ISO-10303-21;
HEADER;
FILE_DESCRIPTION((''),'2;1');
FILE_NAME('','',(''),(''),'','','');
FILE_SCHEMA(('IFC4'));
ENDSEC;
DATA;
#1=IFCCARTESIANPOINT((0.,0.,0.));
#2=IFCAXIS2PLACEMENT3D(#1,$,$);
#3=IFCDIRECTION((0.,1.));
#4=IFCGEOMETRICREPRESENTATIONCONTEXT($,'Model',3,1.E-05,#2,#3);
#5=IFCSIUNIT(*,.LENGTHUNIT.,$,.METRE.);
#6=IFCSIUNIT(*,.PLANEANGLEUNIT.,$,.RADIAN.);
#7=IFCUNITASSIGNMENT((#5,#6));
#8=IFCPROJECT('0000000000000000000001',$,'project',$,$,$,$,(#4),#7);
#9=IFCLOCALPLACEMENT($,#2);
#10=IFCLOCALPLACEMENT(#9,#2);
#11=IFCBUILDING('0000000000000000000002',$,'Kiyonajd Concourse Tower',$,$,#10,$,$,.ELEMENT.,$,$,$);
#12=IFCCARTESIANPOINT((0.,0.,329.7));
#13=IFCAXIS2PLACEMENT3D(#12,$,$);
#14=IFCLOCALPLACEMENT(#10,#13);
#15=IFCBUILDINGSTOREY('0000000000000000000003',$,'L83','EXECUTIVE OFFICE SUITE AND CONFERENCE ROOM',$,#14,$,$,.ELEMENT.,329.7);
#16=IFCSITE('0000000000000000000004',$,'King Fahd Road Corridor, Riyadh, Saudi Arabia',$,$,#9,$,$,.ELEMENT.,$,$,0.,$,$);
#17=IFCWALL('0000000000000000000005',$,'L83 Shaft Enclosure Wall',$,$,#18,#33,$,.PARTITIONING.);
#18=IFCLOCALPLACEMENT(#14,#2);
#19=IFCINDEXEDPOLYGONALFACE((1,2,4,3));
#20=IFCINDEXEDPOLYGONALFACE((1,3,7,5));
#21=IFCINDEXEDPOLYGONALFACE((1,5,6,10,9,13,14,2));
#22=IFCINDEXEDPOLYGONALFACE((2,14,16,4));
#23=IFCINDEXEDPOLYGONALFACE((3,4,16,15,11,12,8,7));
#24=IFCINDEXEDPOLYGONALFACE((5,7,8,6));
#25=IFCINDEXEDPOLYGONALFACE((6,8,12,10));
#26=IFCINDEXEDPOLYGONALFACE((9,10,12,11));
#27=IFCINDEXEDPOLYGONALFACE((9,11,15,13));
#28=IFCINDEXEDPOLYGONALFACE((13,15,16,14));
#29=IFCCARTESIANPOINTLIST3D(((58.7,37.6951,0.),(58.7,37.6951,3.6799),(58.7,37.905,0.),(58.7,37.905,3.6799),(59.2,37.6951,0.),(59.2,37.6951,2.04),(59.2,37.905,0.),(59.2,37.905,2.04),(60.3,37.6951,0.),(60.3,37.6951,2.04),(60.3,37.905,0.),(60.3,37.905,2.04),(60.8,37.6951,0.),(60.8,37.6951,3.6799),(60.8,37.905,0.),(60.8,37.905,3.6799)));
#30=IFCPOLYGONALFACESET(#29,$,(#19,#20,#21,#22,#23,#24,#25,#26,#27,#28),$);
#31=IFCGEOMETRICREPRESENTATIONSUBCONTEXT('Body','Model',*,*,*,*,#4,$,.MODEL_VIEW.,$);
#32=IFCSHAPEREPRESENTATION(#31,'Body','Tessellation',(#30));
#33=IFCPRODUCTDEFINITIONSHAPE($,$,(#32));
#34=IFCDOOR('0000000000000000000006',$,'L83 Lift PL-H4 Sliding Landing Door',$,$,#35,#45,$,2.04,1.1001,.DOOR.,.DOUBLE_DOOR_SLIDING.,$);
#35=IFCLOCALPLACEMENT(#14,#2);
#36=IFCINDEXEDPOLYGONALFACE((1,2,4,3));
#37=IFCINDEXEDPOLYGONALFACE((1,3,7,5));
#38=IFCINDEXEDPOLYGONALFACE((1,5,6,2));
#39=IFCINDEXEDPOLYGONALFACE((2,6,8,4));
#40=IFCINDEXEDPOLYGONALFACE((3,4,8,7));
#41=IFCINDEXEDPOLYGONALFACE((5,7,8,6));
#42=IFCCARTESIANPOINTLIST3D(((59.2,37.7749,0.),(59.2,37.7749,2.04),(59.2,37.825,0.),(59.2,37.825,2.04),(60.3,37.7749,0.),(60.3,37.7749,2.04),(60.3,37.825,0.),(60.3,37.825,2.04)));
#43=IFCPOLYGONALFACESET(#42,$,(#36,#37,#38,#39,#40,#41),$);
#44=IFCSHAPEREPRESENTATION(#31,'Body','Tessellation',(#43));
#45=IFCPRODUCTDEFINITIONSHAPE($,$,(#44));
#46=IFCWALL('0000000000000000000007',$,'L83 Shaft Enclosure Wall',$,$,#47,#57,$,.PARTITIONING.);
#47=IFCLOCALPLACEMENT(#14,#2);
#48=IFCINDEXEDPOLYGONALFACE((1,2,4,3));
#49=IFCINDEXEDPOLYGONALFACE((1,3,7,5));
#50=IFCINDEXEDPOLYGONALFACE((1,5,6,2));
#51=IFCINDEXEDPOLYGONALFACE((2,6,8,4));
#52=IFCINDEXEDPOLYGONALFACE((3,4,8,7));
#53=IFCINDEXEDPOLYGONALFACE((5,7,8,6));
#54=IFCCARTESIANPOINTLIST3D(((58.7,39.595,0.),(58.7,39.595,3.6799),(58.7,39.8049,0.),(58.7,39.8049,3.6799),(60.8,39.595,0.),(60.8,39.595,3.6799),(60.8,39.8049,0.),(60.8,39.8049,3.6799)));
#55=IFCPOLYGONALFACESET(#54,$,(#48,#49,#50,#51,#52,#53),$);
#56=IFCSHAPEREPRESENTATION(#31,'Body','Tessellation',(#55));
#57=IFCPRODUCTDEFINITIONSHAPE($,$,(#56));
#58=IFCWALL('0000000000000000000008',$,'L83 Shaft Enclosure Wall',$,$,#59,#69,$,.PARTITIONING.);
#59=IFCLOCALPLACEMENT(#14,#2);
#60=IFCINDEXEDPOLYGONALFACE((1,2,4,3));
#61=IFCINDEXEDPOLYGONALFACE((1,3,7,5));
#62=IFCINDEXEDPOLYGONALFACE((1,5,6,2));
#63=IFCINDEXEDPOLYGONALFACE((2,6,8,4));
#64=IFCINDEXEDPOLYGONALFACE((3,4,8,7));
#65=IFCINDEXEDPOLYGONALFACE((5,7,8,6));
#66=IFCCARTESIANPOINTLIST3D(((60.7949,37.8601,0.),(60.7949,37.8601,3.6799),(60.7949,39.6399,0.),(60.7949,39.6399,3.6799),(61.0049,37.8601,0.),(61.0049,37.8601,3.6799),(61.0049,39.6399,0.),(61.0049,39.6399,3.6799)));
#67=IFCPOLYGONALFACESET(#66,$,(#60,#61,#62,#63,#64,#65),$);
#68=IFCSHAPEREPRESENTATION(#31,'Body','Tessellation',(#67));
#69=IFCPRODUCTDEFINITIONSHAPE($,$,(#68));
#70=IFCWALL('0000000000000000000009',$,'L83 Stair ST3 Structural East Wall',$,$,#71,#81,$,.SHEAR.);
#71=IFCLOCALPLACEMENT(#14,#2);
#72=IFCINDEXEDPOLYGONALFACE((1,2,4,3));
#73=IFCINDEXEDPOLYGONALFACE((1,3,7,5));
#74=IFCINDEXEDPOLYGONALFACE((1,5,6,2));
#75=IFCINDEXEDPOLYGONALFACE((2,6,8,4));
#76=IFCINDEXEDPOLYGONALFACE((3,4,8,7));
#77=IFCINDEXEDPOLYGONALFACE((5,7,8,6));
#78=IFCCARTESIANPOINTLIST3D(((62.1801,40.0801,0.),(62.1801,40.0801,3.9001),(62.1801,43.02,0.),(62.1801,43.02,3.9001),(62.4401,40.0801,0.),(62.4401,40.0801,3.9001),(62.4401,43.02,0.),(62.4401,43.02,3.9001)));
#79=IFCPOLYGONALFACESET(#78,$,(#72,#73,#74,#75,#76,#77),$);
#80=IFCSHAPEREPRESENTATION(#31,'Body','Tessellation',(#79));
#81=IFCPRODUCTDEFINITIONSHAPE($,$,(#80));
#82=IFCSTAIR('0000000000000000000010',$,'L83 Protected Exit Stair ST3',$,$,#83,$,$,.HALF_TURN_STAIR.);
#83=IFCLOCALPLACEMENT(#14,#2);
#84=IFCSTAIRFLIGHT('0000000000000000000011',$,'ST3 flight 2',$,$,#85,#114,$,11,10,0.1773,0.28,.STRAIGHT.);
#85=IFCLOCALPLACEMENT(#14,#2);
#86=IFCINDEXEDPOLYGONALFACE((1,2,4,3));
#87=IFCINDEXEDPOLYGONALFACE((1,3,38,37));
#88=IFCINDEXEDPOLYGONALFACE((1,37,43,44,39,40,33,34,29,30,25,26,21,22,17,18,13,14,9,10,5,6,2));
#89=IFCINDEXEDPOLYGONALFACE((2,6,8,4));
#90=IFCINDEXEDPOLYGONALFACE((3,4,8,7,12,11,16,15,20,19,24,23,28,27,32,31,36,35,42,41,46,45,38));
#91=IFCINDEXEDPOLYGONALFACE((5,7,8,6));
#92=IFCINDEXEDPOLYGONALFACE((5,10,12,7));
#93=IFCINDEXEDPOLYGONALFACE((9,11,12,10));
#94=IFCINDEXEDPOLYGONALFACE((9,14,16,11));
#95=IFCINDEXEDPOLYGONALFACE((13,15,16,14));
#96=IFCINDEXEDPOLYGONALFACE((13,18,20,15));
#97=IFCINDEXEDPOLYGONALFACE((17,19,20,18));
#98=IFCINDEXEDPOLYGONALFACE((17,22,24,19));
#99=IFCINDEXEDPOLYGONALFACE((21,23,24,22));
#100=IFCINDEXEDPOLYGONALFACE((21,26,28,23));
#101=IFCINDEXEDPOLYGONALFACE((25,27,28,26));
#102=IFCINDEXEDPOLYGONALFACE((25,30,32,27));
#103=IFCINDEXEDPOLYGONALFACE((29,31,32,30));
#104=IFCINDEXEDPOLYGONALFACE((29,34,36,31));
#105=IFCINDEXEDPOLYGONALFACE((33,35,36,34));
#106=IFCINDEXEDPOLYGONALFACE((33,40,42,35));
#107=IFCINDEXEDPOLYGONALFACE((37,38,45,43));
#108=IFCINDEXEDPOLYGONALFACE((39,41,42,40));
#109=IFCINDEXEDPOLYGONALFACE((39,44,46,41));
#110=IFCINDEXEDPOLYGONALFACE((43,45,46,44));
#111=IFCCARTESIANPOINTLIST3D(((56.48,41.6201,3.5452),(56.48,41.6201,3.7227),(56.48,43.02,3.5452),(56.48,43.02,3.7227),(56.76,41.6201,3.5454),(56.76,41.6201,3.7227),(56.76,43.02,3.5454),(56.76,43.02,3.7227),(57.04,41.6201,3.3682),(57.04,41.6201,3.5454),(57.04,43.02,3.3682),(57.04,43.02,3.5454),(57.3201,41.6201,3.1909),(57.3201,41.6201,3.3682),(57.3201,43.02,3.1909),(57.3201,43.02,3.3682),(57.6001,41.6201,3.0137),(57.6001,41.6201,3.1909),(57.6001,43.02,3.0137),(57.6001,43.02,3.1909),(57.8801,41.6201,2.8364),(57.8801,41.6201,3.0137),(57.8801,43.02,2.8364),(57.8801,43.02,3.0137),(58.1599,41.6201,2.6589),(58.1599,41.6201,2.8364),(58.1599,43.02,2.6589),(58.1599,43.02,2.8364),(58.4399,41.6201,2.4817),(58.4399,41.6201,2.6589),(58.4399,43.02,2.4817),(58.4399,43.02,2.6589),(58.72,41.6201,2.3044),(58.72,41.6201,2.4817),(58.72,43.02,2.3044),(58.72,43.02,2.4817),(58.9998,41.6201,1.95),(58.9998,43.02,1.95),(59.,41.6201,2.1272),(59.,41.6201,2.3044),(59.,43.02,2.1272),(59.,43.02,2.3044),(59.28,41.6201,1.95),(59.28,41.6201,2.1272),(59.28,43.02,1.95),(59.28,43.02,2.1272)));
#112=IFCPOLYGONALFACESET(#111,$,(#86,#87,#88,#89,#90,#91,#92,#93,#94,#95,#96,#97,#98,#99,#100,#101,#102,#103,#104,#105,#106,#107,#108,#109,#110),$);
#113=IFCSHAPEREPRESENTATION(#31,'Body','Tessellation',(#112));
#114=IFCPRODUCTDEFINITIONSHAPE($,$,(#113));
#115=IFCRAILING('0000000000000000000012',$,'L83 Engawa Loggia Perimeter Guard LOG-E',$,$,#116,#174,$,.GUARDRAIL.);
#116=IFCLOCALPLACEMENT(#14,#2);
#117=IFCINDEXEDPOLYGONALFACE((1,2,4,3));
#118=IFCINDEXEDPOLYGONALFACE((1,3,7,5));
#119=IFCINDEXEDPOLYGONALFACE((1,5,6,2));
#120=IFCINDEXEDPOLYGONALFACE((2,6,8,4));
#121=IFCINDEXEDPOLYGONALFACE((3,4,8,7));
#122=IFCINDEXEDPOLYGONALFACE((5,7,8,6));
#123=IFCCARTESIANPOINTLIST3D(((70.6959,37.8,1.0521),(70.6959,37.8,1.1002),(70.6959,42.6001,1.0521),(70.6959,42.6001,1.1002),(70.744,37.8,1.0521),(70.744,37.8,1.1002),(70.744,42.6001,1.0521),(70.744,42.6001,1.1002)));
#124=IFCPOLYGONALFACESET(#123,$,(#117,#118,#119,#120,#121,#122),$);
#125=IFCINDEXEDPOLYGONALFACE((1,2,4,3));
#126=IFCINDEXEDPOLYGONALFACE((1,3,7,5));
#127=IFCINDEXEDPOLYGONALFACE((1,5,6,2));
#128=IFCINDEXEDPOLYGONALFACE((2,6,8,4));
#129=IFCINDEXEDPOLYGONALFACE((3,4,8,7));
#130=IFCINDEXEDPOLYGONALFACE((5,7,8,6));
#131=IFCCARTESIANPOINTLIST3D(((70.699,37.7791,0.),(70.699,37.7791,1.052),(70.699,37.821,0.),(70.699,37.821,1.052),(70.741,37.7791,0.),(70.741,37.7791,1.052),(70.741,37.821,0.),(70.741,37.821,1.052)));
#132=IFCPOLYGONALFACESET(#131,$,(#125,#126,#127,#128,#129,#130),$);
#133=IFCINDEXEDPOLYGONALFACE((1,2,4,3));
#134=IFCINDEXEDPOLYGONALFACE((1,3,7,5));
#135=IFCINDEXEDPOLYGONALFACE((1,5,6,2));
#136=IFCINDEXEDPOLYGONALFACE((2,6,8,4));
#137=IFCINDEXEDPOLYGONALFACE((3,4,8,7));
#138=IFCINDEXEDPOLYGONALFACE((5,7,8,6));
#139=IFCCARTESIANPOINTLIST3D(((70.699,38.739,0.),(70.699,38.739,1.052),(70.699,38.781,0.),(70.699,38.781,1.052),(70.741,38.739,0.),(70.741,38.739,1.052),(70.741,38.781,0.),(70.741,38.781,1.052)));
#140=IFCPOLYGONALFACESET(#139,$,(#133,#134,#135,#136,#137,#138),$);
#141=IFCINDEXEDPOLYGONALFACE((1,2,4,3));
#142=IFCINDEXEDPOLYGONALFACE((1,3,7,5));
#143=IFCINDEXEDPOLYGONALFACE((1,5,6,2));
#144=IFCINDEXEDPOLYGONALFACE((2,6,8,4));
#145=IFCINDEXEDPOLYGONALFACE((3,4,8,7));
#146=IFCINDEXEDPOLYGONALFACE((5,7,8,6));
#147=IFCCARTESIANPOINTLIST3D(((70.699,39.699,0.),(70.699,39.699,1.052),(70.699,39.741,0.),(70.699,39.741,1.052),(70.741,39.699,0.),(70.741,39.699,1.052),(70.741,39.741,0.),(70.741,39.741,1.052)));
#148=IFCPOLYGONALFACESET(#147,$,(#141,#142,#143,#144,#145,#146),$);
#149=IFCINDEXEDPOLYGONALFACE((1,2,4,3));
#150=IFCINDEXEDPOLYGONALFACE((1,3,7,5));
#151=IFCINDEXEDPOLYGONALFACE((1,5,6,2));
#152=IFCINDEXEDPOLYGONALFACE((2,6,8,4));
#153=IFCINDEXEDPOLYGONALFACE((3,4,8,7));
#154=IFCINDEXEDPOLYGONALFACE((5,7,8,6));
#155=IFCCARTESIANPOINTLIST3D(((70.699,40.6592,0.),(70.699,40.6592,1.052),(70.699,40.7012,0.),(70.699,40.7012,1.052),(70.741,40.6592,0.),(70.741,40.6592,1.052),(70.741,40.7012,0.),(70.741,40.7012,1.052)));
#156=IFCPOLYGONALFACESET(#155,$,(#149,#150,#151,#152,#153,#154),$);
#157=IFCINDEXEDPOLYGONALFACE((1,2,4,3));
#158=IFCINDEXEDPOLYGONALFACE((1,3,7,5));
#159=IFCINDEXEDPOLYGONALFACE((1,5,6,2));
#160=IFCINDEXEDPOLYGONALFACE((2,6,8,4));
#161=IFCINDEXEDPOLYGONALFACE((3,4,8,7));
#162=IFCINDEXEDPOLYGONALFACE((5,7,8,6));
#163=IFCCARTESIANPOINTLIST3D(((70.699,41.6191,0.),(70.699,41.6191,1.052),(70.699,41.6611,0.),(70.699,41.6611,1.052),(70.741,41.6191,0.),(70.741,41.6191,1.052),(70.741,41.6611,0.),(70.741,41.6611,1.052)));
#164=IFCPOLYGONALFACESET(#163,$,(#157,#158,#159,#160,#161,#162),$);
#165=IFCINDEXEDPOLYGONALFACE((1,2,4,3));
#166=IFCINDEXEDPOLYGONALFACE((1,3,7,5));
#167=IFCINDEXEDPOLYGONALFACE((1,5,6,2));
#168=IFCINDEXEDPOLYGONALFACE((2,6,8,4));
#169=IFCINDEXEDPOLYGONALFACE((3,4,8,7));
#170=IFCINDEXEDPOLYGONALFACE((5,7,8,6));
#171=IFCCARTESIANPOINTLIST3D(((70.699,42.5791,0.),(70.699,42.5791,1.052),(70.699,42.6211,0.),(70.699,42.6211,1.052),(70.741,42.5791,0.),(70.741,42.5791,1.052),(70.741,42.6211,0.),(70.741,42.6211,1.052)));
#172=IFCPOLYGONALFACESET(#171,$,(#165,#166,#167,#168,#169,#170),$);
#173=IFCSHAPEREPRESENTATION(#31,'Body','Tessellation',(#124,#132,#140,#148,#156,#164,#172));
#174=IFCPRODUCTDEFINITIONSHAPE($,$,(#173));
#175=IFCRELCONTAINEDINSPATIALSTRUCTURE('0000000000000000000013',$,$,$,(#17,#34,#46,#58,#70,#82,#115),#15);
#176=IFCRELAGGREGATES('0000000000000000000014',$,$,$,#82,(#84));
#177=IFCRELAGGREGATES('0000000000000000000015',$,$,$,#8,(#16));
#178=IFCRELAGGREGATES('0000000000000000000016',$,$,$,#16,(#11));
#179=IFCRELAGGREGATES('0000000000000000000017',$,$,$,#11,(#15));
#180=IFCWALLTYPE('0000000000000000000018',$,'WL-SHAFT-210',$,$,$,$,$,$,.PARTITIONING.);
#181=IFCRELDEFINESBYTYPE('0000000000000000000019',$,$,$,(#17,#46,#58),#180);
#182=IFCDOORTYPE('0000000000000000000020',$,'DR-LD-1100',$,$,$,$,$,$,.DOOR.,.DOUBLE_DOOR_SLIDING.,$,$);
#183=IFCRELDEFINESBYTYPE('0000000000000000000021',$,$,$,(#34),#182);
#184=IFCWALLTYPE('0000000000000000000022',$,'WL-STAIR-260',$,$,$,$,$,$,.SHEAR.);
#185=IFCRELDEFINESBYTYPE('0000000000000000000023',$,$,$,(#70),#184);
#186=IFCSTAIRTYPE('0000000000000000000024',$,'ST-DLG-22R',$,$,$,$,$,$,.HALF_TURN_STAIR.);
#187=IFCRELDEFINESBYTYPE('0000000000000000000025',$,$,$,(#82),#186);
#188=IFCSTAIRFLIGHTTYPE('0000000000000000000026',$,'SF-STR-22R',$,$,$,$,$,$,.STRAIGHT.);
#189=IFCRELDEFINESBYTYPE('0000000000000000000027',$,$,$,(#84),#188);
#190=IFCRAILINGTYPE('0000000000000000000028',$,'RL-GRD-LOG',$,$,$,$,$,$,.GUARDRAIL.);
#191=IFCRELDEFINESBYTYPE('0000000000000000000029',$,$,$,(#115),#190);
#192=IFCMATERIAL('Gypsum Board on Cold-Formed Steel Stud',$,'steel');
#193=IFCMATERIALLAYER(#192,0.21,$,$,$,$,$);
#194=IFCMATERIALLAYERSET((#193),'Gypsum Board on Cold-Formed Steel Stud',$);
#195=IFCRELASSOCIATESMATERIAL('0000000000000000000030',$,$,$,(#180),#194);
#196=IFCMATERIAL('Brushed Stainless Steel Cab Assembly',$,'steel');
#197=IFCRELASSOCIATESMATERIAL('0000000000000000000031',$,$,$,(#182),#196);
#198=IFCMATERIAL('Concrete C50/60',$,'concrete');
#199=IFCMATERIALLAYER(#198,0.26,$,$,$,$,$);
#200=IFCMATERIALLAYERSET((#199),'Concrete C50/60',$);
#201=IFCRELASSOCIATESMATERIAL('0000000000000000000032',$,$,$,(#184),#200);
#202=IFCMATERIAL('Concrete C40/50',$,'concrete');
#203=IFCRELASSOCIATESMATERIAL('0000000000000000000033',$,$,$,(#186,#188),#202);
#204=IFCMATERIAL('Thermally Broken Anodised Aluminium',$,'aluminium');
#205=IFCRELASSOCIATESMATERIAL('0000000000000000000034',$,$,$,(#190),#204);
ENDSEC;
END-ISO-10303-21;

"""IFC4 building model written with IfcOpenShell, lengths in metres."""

from ifc_helpers import new_model, si_unit, direction, frame, frame_2d, origin, origin_2d, place, context, subcontext, project, spatial, polyline, rectangle, outline, extrude, material, layer, layer_set, type_object, element, fill, aggregate, save


model = new_model("IFC4")

# Units and contexts
model_context = context("Model", 3, precision=1e-05, world=origin(), true_north=direction((0.0, 1.0)))
body_context = subcontext(model_context, "Body", "Model", "MODEL_VIEW")
ifc_project = project(units=[si_unit("LENGTHUNIT", "METRE"), si_unit("PLANEANGLEUNIT", "RADIAN")], contexts=[model_context])

# Site, building, storey
site_placement = place(None, origin())
site = spatial("IfcSite", under=ifc_project, at=site_placement, Name="King Fahd Road Corridor, Riyadh, Saudi Arabia", CompositionType="ELEMENT", RefElevation=0.0)
building_placement = place(site_placement, origin())
building = spatial("IfcBuilding", under=site, at=building_placement, Name="Kiyonajd Concourse Tower", CompositionType="ELEMENT")
storey_placement = place(building_placement, frame((0.0, 0.0, 329.7)))
storey = spatial("IfcBuildingStorey", under=building, at=storey_placement, Name="L83", Description="EXECUTIVE OFFICE SUITE AND CONFERENCE ROOM", CompositionType="ELEMENT", Elevation=329.7)

# Shared definitions
ifc_material_1 = material(Name="Thermally Broken Anodised Aluminium", Category="aluminium")

# Shared definitions
ifc_material_2 = material(Name="Gypsum Board on Cold-Formed Steel Stud", Category="steel")
ifc_layer_1 = layer(ifc_material_2, 0.21)
ifc_layer_set_1 = layer_set([ifc_layer_1], Name="Gypsum Board on Cold-Formed Steel Stud")
wall_type_1 = type_object("IfcWallType", Name="WL-SHAFT-210", PredefinedType="PARTITIONING", material=ifc_layer_set_1)

# Wall, opening, door
wall_1_placement = place(storey_placement, frame((58.7, 37.8, 0.0), z_axis=(0.0, 0.0, 1.0), x_axis=(1.0, 0.0, 0.0)))
wall_1 = element("IfcWall", 1, at=wall_1_placement, inside=storey, type_object=wall_type_1, Name="L83 Shaft Enclosure Wall", PredefinedType="PARTITIONING", context=body_context, shape_type="SweptSolid", body=[
    extrude(rectangle(XDim=2.1001, YDim=0.21, at=frame_2d((1.05, 0.0))), origin(), (0.0, 0.0, 1.0), 3.6799),
])
opening_1_placement = place(wall_1_placement, frame((0.5, 0.0, 0.0)))
opening_1 = element("IfcOpeningElement", 2, at=opening_1_placement, cuts=wall_1, PredefinedType="OPENING", context=body_context, shape_type="SweptSolid", body=[
    extrude(rectangle(XDim=1.1001, YDim=2.04, at=frame_2d((0.55, 1.02))), frame((0.0, 0.115, 0.0), z_axis=(0.0, -1.0, 0.0), x_axis=(1.0, 0.0, 0.0)), (0.0, 0.0, 1.0), 0.23),
])
ifc_material_3 = material(Name="Brushed Stainless Steel Cab Assembly", Category="steel")
door_type_1 = type_object("IfcDoorType", Name="DR-LD-1100", OperationType="DOUBLE_DOOR_SLIDING", PredefinedType="DOOR", material=ifc_material_3)
door_1_placement = place(opening_1_placement, origin())
door_1 = element("IfcDoor", 3, at=door_1_placement, inside=storey, type_object=door_type_1, Name="L83 Lift PL-H4 Sliding Landing Door", OperationType="DOUBLE_DOOR_SLIDING", OverallHeight=2.04, OverallWidth=1.1001, PredefinedType="DOOR", context=body_context, shape_type="SweptSolid", body=[
    extrude(rectangle(XDim=1.1001, YDim=2.04, at=frame_2d((0.55, 1.02))), frame((0.0, 0.0249, 0.0), z_axis=(0.0, -1.0, 0.0), x_axis=(1.0, 0.0, 0.0)), (0.0, 0.0, 1.0), 0.05),
])
fill(opening_1, door_1)

# Walls
wall_2_placement = place(storey_placement, frame((58.7, 39.7, 0.0), z_axis=(0.0, 0.0, 1.0), x_axis=(1.0, 0.0, 0.0)))
element("IfcWall", 4, at=wall_2_placement, inside=storey, type_object=wall_type_1, Name="L83 Shaft Enclosure Wall", PredefinedType="PARTITIONING", context=body_context, shape_type="SweptSolid", body=[
    extrude(rectangle(XDim=2.1001, YDim=0.21, at=frame_2d((1.05, 0.0))), origin(), (0.0, 0.0, 1.0), 3.6799),
])
wall_3_placement = place(storey_placement, frame((60.8999, 37.8601, 0.0), z_axis=(0.0, 0.0, 1.0), x_axis=(0.0, 1.0, 0.0)))
element("IfcWall", 5, at=wall_3_placement, inside=storey, type_object=wall_type_1, Name="L83 Shaft Enclosure Wall", PredefinedType="PARTITIONING", context=body_context, shape_type="SweptSolid", body=[
    extrude(rectangle(XDim=1.7798, YDim=0.21, at=frame_2d((0.8899, 0.0))), origin(), (0.0, 0.0, 1.0), 3.6799),
])
ifc_material_4 = material(Name="Concrete C50/60", Category="concrete")
ifc_layer_2 = layer(ifc_material_4, 0.26)
ifc_layer_set_2 = layer_set([ifc_layer_2], Name="Concrete C50/60")
wall_type_2 = type_object("IfcWallType", Name="WL-STAIR-260", PredefinedType="SHEAR", material=ifc_layer_set_2)
wall_4_placement = place(storey_placement, frame((62.3101, 40.0801, 0.0), z_axis=(0.0, 0.0, 1.0), x_axis=(0.0, 1.0, 0.0)))
element("IfcWall", 6, at=wall_4_placement, inside=storey, type_object=wall_type_2, Name="L83 Stair ST3 Structural East Wall", PredefinedType="SHEAR", context=body_context, shape_type="SweptSolid", body=[
    extrude(rectangle(XDim=2.9399, YDim=0.26, at=frame_2d((1.47, 0.0))), origin(), (0.0, 0.0, 1.0), 3.9001),
])

# Stair, stair flight
ifc_material_5 = material(Name="Concrete C40/50", Category="concrete")
stair_type = type_object("IfcStairType", Name="ST-DLG-22R", PredefinedType="HALF_TURN_STAIR", material=ifc_material_5)
stair_placement = place(storey_placement, origin())
stair = element("IfcStair", 7, at=stair_placement, inside=storey, type_object=stair_type, Name="L83 Protected Exit Stair ST3", PredefinedType="HALF_TURN_STAIR")
stair_flight_type = type_object("IfcStairFlightType", Name="SF-STR-22R", PredefinedType="STRAIGHT", material=ifc_material_5)
stair_flight_placement = place(storey_placement, frame((59.28, 42.3201, 1.95), z_axis=(0.0, 0.0, 1.0), x_axis=(-1.0, 0.0, 0.0)))
stair_flight = element("IfcStairFlight", 8, at=stair_flight_placement, type_object=stair_flight_type, Name="ST3 flight 2", NumberOfRisers=11, NumberOfTreads=10, PredefinedType="STRAIGHT", RiserHeight=0.1773, TreadLength=0.28, context=body_context, shape_type="SweptSolid", body=[
    extrude(outline(polyline([(0.0, 0.0), (0.0, 0.1772), (0.28, 0.1772), (0.28, 0.3545), (0.5601, 0.3545), (0.5601, 0.5317), (0.8401, 0.5317), (0.8401, 0.709), (1.1201, 0.709), (1.1201, 0.8865), (1.3999, 0.8865), (1.3999, 1.0637), (1.6799, 1.0637), (1.6799, 1.241), (1.96, 1.241), (1.96, 1.4182), (2.24, 1.4182), (2.24, 1.5955), (2.52, 1.5955), (2.52, 1.7727), (2.8, 1.7727), (2.8, 1.95), (2.8, 1.5952), (0.2803, 0.0), (0.0, 0.0)])), frame((0.0, 0.7, 0.0), z_axis=(0.0, -1.0, 0.0), x_axis=(1.0, 0.0, 0.0)), (0.0, 0.0, 1.0), 1.3999),
])
aggregate(stair, [stair_flight])

# Railing
railing_type_1 = type_object("IfcRailingType", Name="RL-GRD-LOG", PredefinedType="GUARDRAIL", material=ifc_material_1)
railing_1_placement = place(storey_placement, frame((70.72, 37.8, 0.0)))
element("IfcRailing", 9, at=railing_1_placement, inside=storey, type_object=railing_type_1, Name="L83 Engawa Loggia Perimeter Guard LOG-E", PredefinedType="GUARDRAIL", context=body_context, shape_type="SweptSolid", body=[
    extrude(rectangle(XDim=0.0481, YDim=0.0481, at=origin_2d()), frame((0.0, 0.0, 1.0762), z_axis=(0.0, 1.0, 0.0), x_axis=(-1.0, 0.0, 0.0)), (0.0, 0.0, 1.0), 4.8),
    extrude(rectangle(XDim=0.042, YDim=0.042, at=origin_2d()), origin(), (0.0, 0.0, 1.0), 1.052),
    extrude(rectangle(XDim=0.042, YDim=0.042, at=origin_2d()), frame((0.0, 0.96, 0.0)), (0.0, 0.0, 1.0), 1.052),
    extrude(rectangle(XDim=0.042, YDim=0.042, at=origin_2d()), frame((0.0, 1.9199, 0.0)), (0.0, 0.0, 1.0), 1.052),
    extrude(rectangle(XDim=0.042, YDim=0.042, at=origin_2d()), frame((0.0, 2.8801, 0.0)), (0.0, 0.0, 1.0), 1.052),
    extrude(rectangle(XDim=0.042, YDim=0.042, at=origin_2d()), frame((0.0, 3.8401, 0.0)), (0.0, 0.0, 1.0), 1.052),
    extrude(rectangle(XDim=0.042, YDim=0.042, at=origin_2d()), frame((0.0, 4.8, 0.0)), (0.0, 0.0, 1.0), 1.052),
])

save(model, "model.ifc")
